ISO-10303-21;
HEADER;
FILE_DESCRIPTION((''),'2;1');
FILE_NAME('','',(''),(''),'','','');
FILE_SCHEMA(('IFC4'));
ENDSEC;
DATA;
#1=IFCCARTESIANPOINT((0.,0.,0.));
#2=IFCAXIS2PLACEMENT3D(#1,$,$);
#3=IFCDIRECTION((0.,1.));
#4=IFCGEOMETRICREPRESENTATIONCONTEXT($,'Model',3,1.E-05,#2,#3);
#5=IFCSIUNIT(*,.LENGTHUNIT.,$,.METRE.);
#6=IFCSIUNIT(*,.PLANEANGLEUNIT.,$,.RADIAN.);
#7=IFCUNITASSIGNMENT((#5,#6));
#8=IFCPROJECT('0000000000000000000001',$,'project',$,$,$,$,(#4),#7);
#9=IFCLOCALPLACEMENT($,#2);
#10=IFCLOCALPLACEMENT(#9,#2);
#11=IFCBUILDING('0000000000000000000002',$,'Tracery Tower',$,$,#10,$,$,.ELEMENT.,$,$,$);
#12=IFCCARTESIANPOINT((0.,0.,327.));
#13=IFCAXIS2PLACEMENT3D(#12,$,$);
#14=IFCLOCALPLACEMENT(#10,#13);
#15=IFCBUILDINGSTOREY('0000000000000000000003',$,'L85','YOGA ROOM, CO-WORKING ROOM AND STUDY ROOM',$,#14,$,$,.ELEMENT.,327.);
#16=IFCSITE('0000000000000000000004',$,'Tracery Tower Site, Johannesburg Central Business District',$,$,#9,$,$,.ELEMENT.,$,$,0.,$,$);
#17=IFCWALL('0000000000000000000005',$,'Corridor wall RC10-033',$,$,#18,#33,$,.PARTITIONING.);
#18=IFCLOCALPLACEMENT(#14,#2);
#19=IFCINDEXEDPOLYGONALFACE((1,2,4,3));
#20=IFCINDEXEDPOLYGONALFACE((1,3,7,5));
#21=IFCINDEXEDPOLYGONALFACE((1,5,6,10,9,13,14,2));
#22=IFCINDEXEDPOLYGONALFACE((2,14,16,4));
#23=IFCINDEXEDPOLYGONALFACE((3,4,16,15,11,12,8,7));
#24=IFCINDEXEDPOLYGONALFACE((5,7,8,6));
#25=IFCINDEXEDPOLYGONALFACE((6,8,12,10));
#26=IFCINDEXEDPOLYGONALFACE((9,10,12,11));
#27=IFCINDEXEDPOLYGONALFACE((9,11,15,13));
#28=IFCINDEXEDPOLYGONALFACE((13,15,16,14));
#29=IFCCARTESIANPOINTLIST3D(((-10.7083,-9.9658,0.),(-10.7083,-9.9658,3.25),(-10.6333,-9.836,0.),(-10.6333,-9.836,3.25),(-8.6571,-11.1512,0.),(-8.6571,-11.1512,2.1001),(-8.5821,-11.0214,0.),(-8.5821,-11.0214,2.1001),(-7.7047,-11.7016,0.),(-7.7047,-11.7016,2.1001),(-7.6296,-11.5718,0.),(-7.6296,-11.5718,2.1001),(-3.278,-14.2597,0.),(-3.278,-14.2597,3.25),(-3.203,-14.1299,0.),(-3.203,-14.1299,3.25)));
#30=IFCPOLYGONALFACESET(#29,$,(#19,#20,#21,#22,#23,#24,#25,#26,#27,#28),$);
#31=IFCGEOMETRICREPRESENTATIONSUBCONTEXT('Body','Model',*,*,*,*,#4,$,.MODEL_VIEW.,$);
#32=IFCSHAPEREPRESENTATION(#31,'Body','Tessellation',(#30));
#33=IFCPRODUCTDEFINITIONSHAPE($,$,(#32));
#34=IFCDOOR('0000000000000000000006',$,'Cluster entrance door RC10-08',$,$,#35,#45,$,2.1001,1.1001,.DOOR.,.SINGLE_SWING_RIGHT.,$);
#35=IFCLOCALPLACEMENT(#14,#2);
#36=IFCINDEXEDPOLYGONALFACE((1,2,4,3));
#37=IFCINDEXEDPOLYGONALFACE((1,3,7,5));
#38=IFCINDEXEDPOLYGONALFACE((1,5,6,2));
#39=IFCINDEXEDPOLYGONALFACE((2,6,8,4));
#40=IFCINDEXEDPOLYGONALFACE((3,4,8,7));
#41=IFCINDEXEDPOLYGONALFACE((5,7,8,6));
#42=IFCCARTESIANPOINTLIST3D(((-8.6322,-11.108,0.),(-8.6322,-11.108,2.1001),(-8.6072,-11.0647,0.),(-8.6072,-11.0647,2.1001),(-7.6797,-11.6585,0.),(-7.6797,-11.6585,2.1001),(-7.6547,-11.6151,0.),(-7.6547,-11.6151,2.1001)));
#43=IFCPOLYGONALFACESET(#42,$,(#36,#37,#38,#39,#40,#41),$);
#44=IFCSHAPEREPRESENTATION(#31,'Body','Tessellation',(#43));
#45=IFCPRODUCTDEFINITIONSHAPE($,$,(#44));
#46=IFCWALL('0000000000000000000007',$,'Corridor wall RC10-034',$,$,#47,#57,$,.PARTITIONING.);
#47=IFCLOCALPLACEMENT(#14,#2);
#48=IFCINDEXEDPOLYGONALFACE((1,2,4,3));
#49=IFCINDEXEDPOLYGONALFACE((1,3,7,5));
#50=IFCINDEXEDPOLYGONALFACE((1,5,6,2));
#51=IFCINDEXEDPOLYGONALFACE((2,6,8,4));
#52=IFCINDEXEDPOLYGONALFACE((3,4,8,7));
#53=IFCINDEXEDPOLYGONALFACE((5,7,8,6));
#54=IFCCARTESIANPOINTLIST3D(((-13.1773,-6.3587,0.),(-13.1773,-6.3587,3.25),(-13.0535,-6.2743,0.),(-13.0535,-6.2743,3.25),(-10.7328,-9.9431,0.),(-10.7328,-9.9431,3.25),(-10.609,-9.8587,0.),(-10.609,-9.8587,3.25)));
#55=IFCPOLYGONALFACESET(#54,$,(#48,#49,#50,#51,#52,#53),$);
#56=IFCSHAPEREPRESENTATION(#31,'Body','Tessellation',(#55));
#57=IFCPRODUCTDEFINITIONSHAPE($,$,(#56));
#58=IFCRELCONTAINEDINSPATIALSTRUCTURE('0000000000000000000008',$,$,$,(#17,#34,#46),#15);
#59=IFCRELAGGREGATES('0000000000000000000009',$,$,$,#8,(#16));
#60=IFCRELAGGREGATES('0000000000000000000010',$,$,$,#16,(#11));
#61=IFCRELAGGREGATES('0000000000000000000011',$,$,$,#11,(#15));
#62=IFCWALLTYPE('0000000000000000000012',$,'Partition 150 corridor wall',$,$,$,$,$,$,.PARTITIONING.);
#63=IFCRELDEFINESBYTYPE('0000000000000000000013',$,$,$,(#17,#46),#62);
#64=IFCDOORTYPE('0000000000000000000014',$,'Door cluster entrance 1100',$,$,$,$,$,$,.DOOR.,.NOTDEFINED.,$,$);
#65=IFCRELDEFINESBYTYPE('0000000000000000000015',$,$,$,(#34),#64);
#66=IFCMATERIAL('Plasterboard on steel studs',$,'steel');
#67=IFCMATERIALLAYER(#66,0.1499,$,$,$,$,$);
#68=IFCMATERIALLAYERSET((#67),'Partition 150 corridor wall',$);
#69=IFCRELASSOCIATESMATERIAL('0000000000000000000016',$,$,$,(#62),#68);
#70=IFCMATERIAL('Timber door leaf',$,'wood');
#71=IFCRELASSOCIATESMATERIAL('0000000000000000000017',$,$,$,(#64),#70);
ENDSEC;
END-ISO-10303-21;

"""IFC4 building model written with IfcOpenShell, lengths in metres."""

from ifc_helpers import new_model, si_unit, direction, frame, frame_2d, origin, place, context, subcontext, project, spatial, rectangle, extrude, material, layer, layer_set, type_object, element, fill, save


model = new_model("IFC4")

# Units and contexts
model_context = context("Model", 3, precision=1e-05, world=origin(), true_north=direction((0.0, 1.0)))
body_context = subcontext(model_context, "Body", "Model", "MODEL_VIEW")
ifc_project = project(units=[si_unit("LENGTHUNIT", "METRE"), si_unit("PLANEANGLEUNIT", "RADIAN")], contexts=[model_context])

# Site, building, storey
site_placement = place(None, origin())
site = spatial("IfcSite", under=ifc_project, at=site_placement, Name="Tracery Tower Site, Johannesburg Central Business District", CompositionType="ELEMENT", RefElevation=0.0)
building_placement = place(site_placement, origin())
building = spatial("IfcBuilding", under=site, at=building_placement, Name="Tracery Tower", CompositionType="ELEMENT")
storey_placement = place(building_placement, frame((0.0, 0.0, 327.0)))
storey = spatial("IfcBuildingStorey", under=building, at=storey_placement, Name="L85", Description="YOGA ROOM, CO-WORKING ROOM AND STUDY ROOM", CompositionType="ELEMENT", Elevation=327.0)

# Wall, opening, door
ifc_material_1 = material(Name="Plasterboard on steel studs", Category="steel")
ifc_layer_1 = layer(ifc_material_1, 0.1499)
ifc_layer_set_1 = layer_set([ifc_layer_1], Name="Partition 150 corridor wall")
wall_type_1 = type_object("IfcWallType", Name="Partition 150 corridor wall", PredefinedType="PARTITIONING", material=ifc_layer_set_1)
wall_1_placement = place(storey_placement, frame((-10.6709, -9.9009, 0.0), z_axis=(0.0, 0.0, 1.0), x_axis=(0.865824, -0.500349, 0.0)))
wall_1 = element("IfcWall", 1, at=wall_1_placement, inside=storey, type_object=wall_type_1, Name="Corridor wall RC10-033", PredefinedType="PARTITIONING", context=body_context, shape_type="SweptSolid", body=[
    extrude(rectangle(XDim=8.5818, YDim=0.1499, at=frame_2d((4.291, 0.0))), origin(), (0.0, 0.0, 1.0), 3.25),
])
opening_1_placement = place(wall_1_placement, frame((2.3691, 0.0, 0.0)))
opening_1 = element("IfcOpeningElement", 2, at=opening_1_placement, cuts=wall_1, PredefinedType="OPENING", context=body_context, shape_type="SweptSolid", body=[
    extrude(rectangle(XDim=1.1001, YDim=2.1001, at=frame_2d((0.55, 1.05))), frame((0.0, 0.075, 0.0), z_axis=(0.0, -1.0, 0.0), x_axis=(1.0, 0.0, 0.0)), (0.0, 0.0, 1.0), 0.1499),
])
ifc_material_2 = material(Name="Timber door leaf", Category="wood")
door_type_1 = type_object("IfcDoorType", Name="Door cluster entrance 1100", OperationType="NOTDEFINED", PredefinedType="DOOR", material=ifc_material_2)
door_1_placement = place(opening_1_placement, origin())
door_1 = element("IfcDoor", 3, at=door_1_placement, inside=storey, type_object=door_type_1, Name="Cluster entrance door RC10-08", OperationType="SINGLE_SWING_RIGHT", OverallHeight=2.1001, OverallWidth=1.1001, PredefinedType="DOOR", context=body_context, shape_type="SweptSolid", body=[
    extrude(rectangle(XDim=1.1001, YDim=2.1001, at=frame_2d((0.55, 1.05))), frame((0.0, 0.0249, 0.0), z_axis=(0.0, -1.0, 0.0), x_axis=(1.0, 0.0, 0.0)), (0.0, 0.0, 1.0), 0.05),
])
fill(opening_1, door_1)

# Wall
wall_2_placement = place(storey_placement, frame((-13.1155, -6.3164, 0.0), z_axis=(0.0, 0.0, 1.0), x_axis=(0.563435, -0.826161, 0.0)))
element("IfcWall", 4, at=wall_2_placement, inside=storey, type_object=wall_type_1, Name="Corridor wall RC10-034", PredefinedType="PARTITIONING", context=body_context, shape_type="SweptSolid", body=[
    extrude(rectangle(XDim=4.3386, YDim=0.1499, at=frame_2d((2.1694, 0.0))), origin(), (0.0, 0.0, 1.0), 3.25),
])

save(model, "model.ifc")
